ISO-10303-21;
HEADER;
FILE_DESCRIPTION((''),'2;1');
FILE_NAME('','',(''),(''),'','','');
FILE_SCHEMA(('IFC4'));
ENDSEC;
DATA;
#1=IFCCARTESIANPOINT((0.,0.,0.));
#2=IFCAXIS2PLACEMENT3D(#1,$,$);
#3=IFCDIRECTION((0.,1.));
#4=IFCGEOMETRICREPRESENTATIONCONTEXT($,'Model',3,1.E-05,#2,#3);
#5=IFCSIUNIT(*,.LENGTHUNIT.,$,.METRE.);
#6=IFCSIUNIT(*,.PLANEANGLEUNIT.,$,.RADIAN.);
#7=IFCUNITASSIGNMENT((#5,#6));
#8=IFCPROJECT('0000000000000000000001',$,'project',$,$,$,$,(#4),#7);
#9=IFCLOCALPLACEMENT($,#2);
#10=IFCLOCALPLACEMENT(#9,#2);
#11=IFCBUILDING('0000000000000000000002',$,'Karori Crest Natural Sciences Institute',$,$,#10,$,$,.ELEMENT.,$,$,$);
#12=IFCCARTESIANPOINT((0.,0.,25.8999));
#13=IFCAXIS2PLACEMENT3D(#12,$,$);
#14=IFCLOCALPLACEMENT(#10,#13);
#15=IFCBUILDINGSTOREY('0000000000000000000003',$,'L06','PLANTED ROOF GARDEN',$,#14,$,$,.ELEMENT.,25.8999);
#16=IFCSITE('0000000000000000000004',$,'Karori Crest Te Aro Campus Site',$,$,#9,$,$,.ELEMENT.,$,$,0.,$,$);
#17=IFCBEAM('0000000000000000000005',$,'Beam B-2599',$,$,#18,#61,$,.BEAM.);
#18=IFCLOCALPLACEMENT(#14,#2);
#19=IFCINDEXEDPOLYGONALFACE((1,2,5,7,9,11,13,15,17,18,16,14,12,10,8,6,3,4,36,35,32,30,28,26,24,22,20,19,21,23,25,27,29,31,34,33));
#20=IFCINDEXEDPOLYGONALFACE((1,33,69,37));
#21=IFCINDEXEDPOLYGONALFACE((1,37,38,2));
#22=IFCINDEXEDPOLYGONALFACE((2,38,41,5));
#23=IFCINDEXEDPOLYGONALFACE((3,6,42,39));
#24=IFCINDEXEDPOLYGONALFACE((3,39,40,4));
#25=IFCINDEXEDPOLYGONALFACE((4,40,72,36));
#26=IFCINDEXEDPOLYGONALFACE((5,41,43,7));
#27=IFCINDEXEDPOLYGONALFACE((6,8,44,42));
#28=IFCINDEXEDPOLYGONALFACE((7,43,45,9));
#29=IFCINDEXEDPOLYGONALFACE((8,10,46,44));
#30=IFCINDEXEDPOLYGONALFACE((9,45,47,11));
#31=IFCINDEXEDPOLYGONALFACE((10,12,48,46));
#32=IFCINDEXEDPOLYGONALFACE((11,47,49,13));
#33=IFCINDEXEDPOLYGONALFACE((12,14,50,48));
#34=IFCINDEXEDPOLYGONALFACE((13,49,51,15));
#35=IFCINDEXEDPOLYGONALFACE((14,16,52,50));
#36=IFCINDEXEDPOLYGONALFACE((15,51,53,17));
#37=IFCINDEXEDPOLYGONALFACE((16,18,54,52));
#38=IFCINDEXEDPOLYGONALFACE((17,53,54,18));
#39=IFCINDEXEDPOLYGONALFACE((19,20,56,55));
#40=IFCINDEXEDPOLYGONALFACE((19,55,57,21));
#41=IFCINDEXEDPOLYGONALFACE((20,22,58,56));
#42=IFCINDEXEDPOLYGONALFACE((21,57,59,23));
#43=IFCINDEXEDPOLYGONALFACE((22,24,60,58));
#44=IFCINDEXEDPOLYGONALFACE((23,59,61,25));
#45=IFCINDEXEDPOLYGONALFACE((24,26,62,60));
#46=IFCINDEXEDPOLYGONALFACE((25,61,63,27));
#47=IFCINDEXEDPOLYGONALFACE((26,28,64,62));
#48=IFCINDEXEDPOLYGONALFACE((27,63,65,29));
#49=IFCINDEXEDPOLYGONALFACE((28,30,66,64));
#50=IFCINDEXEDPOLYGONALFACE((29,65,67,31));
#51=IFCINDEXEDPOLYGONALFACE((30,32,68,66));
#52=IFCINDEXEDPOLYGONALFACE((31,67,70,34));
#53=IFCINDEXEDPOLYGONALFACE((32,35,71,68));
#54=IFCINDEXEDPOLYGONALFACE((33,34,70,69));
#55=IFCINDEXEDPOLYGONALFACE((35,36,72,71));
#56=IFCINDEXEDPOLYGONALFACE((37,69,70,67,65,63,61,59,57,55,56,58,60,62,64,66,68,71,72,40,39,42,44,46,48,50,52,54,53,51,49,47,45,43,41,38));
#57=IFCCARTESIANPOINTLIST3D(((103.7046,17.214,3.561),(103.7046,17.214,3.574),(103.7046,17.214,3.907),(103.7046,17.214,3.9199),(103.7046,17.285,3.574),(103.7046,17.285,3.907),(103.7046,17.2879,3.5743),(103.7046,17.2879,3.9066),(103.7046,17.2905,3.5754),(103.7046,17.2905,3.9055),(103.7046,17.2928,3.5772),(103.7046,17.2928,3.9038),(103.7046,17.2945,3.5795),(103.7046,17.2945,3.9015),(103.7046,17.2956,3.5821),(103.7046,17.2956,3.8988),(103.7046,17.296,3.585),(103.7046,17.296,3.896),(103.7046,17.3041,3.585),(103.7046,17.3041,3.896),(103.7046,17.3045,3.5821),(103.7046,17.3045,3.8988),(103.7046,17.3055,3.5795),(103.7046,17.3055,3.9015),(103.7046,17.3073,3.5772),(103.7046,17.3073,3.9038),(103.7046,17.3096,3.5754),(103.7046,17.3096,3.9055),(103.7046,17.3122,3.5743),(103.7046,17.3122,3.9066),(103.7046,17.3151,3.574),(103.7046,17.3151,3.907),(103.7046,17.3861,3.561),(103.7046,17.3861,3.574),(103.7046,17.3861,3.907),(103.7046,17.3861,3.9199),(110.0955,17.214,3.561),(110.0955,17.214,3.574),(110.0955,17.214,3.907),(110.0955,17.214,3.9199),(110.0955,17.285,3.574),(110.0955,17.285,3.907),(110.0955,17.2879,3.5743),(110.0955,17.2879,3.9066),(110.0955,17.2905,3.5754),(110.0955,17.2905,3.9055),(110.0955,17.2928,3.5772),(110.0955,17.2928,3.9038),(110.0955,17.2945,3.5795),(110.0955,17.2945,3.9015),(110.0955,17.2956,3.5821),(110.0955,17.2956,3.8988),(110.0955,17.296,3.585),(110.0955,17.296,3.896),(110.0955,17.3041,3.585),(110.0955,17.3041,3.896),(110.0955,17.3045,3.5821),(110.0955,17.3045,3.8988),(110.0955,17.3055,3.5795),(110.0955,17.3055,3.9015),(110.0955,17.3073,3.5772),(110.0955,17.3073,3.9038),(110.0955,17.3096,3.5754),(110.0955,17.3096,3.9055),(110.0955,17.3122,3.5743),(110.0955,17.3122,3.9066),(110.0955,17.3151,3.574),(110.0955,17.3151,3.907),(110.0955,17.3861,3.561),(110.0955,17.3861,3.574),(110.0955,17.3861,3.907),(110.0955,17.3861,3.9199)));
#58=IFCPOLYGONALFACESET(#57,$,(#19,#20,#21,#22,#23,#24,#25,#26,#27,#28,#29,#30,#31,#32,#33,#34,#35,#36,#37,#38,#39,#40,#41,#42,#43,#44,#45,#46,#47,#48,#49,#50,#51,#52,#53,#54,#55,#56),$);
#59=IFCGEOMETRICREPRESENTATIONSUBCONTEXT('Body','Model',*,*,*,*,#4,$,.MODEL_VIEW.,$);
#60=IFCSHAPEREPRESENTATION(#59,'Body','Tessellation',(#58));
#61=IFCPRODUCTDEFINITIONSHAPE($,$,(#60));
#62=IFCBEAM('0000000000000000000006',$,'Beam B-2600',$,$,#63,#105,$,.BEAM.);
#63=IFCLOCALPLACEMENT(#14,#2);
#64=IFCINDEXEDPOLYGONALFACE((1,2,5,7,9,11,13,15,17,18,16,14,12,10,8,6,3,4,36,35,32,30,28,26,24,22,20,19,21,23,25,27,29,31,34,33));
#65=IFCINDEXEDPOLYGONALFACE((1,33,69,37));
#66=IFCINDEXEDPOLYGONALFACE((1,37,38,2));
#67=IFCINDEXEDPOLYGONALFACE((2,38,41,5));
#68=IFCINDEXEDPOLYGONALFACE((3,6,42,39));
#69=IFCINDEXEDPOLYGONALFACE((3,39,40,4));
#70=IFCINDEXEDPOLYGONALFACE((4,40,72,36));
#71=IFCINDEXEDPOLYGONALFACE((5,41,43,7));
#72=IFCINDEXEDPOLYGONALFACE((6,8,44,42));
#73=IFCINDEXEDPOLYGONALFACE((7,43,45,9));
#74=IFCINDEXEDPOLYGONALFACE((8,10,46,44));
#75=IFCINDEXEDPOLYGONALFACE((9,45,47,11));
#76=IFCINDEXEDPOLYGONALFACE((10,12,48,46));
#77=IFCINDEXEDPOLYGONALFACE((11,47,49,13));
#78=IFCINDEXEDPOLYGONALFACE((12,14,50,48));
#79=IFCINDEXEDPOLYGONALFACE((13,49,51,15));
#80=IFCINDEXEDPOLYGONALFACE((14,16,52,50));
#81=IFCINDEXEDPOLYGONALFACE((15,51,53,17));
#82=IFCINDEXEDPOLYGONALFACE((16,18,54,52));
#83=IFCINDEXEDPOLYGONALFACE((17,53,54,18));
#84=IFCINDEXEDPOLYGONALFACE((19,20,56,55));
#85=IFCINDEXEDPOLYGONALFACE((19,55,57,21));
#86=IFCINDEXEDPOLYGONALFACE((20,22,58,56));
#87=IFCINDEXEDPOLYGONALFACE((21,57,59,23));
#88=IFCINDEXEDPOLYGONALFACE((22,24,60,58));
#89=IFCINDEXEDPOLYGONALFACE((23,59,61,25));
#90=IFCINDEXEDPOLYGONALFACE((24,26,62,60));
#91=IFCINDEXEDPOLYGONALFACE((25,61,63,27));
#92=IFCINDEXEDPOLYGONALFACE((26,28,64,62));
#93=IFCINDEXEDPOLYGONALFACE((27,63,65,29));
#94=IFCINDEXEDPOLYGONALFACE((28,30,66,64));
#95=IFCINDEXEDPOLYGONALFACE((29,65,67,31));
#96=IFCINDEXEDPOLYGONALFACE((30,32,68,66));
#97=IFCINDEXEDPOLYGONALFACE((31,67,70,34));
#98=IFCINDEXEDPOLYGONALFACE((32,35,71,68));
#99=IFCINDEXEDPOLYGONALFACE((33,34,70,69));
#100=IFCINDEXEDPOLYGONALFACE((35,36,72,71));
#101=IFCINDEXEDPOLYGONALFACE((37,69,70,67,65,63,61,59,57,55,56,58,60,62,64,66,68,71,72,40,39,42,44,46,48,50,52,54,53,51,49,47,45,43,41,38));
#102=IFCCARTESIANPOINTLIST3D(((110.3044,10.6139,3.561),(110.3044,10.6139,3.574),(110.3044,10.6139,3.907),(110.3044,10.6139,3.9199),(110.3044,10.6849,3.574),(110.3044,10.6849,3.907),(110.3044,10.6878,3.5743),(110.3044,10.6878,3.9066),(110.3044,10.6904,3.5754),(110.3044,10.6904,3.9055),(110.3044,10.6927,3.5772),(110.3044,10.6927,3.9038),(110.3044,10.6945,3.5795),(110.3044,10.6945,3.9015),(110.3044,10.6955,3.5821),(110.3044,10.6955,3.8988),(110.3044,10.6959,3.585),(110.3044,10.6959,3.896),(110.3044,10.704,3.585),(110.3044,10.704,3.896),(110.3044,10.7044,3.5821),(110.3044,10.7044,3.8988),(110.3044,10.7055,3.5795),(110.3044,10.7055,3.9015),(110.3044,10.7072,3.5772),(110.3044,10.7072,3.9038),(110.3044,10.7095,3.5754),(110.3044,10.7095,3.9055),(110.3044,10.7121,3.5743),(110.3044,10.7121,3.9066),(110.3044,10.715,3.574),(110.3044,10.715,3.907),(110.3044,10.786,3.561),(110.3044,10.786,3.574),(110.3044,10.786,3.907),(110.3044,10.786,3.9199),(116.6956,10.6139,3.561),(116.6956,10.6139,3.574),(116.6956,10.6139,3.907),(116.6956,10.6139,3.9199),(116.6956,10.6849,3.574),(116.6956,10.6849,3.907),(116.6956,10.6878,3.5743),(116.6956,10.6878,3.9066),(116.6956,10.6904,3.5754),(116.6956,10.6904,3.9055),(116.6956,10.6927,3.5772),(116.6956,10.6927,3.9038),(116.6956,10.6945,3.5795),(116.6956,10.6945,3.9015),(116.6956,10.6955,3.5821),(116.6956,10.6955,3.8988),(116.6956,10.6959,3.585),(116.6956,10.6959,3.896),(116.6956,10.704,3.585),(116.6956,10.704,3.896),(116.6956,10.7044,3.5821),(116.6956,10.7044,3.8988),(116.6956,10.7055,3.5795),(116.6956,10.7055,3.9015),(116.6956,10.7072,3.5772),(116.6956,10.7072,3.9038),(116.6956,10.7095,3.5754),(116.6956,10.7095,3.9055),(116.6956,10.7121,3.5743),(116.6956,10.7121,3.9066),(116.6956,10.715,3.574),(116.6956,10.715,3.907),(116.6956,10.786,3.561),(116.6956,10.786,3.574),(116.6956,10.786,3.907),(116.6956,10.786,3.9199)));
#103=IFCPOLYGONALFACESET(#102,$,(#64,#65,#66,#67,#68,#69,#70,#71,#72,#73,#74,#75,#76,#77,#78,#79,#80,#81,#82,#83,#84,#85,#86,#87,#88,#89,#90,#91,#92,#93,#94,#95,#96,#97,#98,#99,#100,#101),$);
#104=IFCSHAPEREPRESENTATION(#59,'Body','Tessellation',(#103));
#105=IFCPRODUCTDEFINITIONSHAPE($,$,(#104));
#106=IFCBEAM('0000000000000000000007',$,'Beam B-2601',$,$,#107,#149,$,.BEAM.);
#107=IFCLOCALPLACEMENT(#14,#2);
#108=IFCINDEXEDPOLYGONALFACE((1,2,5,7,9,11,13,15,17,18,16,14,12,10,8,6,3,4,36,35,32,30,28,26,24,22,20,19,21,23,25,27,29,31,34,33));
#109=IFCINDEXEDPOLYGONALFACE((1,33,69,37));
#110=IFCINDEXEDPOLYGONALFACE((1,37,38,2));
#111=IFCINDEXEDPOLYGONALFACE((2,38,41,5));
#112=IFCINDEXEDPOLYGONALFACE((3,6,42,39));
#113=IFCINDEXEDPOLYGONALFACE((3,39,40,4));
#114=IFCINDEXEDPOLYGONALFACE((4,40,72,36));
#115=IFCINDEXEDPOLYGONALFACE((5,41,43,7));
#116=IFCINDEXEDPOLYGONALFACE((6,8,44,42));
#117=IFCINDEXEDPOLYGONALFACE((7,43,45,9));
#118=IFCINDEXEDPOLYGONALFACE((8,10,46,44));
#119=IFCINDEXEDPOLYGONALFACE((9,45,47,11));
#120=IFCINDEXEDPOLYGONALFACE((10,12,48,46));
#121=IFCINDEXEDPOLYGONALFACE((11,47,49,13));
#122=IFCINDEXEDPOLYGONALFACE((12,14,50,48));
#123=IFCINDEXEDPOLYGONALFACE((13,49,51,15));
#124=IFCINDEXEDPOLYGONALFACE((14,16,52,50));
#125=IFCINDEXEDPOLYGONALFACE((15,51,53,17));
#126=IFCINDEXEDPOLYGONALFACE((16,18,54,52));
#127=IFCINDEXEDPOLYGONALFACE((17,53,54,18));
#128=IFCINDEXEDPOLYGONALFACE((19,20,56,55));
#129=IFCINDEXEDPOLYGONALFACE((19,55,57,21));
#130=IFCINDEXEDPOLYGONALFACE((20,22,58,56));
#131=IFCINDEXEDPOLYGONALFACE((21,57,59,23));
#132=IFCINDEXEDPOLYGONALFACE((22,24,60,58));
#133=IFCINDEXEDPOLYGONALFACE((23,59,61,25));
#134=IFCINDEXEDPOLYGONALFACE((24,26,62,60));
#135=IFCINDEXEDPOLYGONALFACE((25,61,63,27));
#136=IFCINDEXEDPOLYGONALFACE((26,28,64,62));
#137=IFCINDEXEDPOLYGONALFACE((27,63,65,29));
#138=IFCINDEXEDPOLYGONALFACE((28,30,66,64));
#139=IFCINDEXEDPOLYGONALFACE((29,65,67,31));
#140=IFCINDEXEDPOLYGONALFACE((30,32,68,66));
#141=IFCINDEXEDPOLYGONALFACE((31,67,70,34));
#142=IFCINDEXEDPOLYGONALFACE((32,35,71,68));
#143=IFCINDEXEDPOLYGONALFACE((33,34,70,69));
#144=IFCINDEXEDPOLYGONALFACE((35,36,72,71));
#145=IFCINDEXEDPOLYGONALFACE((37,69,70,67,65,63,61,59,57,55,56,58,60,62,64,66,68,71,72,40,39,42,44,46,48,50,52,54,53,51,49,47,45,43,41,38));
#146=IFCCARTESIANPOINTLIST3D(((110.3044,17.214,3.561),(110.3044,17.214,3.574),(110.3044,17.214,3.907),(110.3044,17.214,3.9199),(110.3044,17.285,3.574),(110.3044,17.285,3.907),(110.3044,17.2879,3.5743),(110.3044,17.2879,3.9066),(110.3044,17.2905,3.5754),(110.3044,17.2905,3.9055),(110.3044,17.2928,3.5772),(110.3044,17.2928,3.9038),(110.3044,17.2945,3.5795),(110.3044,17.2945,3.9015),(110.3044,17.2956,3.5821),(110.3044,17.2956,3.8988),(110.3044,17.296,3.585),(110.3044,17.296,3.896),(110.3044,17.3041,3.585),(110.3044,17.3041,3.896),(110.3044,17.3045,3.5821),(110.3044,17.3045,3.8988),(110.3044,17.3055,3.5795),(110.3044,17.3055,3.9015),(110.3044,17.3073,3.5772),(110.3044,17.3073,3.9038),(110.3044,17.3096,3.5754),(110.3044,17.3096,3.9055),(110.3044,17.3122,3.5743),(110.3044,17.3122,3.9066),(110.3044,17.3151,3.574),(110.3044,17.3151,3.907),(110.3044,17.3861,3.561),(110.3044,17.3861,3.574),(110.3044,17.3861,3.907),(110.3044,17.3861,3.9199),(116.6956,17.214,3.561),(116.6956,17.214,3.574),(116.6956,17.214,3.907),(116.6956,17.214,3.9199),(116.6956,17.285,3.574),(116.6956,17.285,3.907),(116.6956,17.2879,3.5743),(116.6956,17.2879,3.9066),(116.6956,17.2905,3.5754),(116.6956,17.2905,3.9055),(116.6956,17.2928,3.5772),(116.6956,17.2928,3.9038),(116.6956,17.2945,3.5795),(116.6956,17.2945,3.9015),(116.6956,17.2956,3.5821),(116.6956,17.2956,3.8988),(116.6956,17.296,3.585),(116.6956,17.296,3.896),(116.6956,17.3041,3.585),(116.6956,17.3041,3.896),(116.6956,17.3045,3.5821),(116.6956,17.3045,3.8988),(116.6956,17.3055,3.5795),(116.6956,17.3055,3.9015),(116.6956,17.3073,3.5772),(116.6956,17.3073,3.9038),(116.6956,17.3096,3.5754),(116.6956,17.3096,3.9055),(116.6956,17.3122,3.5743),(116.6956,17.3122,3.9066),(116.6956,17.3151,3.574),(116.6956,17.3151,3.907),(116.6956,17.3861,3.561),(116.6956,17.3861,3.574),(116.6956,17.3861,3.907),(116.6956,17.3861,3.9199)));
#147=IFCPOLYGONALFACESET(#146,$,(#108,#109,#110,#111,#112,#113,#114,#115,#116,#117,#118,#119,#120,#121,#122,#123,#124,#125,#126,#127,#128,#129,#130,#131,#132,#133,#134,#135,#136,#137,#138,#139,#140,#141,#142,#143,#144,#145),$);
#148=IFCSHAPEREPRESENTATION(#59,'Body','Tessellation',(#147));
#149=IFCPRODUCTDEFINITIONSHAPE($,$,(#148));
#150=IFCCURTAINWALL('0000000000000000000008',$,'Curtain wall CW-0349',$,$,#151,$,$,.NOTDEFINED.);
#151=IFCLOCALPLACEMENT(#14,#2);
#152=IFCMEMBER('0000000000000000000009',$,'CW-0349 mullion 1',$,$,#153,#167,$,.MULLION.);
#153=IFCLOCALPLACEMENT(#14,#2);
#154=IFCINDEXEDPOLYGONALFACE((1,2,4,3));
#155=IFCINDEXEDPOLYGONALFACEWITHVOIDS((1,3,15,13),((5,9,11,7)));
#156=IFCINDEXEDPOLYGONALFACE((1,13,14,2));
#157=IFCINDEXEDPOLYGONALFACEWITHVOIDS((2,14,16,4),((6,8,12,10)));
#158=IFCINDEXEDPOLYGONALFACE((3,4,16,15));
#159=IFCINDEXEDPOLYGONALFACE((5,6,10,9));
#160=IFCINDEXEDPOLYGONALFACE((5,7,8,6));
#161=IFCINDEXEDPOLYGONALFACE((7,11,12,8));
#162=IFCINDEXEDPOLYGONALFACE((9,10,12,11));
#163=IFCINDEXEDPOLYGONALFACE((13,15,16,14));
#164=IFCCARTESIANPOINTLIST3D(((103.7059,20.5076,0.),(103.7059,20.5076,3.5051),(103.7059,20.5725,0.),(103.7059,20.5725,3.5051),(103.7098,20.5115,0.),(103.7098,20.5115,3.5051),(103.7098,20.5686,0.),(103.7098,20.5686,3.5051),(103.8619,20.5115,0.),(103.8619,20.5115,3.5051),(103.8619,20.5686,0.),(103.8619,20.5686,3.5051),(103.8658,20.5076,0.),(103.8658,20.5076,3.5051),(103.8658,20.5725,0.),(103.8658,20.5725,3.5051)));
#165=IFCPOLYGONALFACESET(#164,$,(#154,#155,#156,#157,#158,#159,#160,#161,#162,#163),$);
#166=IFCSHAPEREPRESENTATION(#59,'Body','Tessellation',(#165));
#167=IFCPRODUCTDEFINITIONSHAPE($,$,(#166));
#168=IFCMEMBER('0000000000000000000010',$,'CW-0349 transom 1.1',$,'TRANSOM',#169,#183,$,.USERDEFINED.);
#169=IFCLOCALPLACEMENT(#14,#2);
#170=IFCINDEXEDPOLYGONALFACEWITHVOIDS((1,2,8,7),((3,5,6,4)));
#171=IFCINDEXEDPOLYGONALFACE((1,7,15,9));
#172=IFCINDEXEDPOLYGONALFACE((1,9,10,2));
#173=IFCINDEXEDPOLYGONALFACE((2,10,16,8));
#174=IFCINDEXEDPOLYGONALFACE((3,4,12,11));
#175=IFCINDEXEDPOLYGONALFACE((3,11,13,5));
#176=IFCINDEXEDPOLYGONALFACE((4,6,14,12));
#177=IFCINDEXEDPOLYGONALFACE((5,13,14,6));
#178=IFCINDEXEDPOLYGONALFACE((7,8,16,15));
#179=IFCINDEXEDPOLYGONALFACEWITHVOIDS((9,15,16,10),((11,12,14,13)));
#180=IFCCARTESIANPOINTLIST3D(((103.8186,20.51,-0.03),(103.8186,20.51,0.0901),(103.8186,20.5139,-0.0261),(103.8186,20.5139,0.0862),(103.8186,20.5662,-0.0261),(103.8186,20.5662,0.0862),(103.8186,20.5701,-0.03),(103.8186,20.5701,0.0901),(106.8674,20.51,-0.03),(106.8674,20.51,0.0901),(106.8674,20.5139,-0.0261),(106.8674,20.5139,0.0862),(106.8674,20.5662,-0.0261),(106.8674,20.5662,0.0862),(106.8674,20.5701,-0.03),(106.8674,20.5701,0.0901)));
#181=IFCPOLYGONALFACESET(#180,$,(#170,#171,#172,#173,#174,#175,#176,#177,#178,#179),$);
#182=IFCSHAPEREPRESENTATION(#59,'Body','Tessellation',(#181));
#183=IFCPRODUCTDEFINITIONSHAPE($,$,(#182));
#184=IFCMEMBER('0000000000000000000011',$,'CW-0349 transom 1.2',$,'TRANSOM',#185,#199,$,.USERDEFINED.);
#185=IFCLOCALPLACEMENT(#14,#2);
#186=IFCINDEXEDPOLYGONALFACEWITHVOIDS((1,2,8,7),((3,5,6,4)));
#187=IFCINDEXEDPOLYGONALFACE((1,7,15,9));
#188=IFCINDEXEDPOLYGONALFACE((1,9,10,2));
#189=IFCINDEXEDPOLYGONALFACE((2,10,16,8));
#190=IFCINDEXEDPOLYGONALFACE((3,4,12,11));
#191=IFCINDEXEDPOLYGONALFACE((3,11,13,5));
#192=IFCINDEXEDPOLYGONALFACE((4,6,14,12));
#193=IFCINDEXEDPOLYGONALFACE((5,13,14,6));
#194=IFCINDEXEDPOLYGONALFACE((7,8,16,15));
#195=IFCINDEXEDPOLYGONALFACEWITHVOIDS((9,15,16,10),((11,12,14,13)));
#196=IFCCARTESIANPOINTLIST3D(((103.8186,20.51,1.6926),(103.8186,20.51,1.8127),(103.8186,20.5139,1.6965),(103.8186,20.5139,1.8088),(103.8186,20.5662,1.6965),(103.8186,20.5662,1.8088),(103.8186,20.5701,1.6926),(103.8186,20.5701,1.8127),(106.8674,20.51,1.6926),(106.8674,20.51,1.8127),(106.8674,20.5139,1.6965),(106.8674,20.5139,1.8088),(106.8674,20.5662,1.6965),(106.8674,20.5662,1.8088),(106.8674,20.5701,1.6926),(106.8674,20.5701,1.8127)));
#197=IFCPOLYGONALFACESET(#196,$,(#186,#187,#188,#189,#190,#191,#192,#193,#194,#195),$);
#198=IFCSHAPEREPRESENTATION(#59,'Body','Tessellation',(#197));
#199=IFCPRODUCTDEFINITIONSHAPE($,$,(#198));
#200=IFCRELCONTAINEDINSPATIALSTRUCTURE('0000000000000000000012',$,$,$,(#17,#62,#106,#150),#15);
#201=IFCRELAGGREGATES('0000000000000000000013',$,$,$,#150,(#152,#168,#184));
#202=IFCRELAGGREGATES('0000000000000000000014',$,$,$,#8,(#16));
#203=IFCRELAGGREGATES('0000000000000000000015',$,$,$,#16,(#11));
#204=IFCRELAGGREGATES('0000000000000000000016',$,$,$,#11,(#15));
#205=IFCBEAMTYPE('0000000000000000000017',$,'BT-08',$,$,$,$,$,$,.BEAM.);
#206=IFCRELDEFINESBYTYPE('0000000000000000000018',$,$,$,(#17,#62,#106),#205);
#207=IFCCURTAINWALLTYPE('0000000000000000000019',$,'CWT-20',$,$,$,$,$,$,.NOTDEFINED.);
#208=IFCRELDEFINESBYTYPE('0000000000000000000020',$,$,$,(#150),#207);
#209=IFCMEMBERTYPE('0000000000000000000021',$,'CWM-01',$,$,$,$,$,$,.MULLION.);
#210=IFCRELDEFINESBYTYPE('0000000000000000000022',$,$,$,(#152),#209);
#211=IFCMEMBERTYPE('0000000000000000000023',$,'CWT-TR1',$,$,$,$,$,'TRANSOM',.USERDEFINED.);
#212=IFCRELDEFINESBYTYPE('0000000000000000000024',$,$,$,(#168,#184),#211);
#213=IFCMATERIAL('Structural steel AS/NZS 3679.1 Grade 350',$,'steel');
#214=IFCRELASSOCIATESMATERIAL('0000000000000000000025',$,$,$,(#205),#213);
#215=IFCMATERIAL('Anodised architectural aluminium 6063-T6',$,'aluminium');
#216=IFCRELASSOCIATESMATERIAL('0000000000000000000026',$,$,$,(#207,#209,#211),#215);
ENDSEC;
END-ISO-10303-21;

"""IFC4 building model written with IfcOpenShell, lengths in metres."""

from ifc_helpers import new_model, si_unit, direction, frame, origin, origin_2d, place, context, subcontext, project, spatial, hollow_rectangle, i_section, extrude, material, material_profile, profile_set, type_object, element, aggregate, save


model = new_model("IFC4")

# Units and contexts
model_context = context("Model", 3, precision=1e-05, world=origin(), true_north=direction((0.0, 1.0)))
body_context = subcontext(model_context, "Body", "Model", "MODEL_VIEW")
ifc_project = project(units=[si_unit("LENGTHUNIT", "METRE"), si_unit("PLANEANGLEUNIT", "RADIAN")], contexts=[model_context])

# Site, building, storey
site_placement = place(None, origin())
site = spatial("IfcSite", under=ifc_project, at=site_placement, Name="Karori Crest Te Aro Campus Site", CompositionType="ELEMENT", RefElevation=0.0)
building_placement = place(site_placement, origin())
building = spatial("IfcBuilding", under=site, at=building_placement, Name="Karori Crest Natural Sciences Institute", CompositionType="ELEMENT")
storey_placement = place(building_placement, frame((0.0, 0.0, 25.8999)))
storey = spatial("IfcBuildingStorey", under=building, at=storey_placement, Name="L06", Description="PLANTED ROOF GARDEN", CompositionType="ELEMENT", Elevation=25.8999)

# Shared definitions
ifc_material_1 = material(Name="Structural steel AS/NZS 3679.1 Grade 350", Category="steel")

# Beams
ifc_material_profile_1 = material_profile(ifc_material_1, i_section(OverallWidth=0.1721, OverallDepth=0.3589, WebThickness=0.0081, FlangeThickness=0.0129, FilletRadius=0.011, at=origin_2d()), Name="360UB56.7")
ifc_profile_set_1 = profile_set([ifc_material_profile_1], Name="Structural steel AS/NZS 3679.1 Grade 350")
beam_type_1 = type_object("IfcBeamType", Name="BT-08", PredefinedType="BEAM", material=ifc_profile_set_1)
for number, where, z_axis, x_axis, name in (
    (1, (103.7046, 17.3, 3.7405), (1.0, 0.0, 0.0), (0.0, 1.0, 0.0), "Beam B-2599"),
):
    element("IfcBeam", number, at=place(storey_placement, frame(where, z_axis=z_axis, x_axis=x_axis)), inside=storey, type_object=beam_type_1, Name=name, PredefinedType="BEAM", context=body_context, shape_type="SweptSolid", body=[
        extrude(i_section(OverallWidth=0.1721, OverallDepth=0.3589, WebThickness=0.0081, FlangeThickness=0.0129, FilletRadius=0.011, at=origin_2d()), origin(), (0.0, 0.0, 1.0), 6.3909),
    ])
for number, where, z_axis, x_axis, name in (
    (2, (110.3044, 10.7, 3.7405), (1.0, 0.0, 0.0), (0.0, 1.0, 0.0), "Beam B-2600"),
    (3, (110.3044, 17.3, 3.7405), (1.0, 0.0, 0.0), (0.0, 1.0, 0.0), "Beam B-2601"),
):
    element("IfcBeam", number, at=place(storey_placement, frame(where, z_axis=z_axis, x_axis=x_axis)), inside=storey, type_object=beam_type_1, Name=name, PredefinedType="BEAM", context=body_context, shape_type="SweptSolid", body=[
        extrude(i_section(OverallWidth=0.1721, OverallDepth=0.3589, WebThickness=0.0081, FlangeThickness=0.0129, FilletRadius=0.011, at=origin_2d()), origin(), (0.0, 0.0, 1.0), 6.3911),
    ])

# Curtain wall, members
ifc_material_2 = material(Name="Anodised architectural aluminium 6063-T6", Category="aluminium")
curtain_wall_type = type_object("IfcCurtainWallType", Name="CWT-20", PredefinedType="NOTDEFINED", material=ifc_material_2)
curtain_wall_placement = place(storey_placement, origin())
curtain_wall = element("IfcCurtainWall", 4, at=curtain_wall_placement, inside=storey, type_object=curtain_wall_type, Name="Curtain wall CW-0349", PredefinedType="NOTDEFINED")
ifc_material_profile_2 = material_profile(ifc_material_2, hollow_rectangle(XDim=0.0649, YDim=0.1599, WallThickness=0.0039, at=origin_2d()), Name="CWM160x65x4")
ifc_profile_set_2 = profile_set([ifc_material_profile_2], Name="Anodised architectural aluminium 6063-T6")
member_type_1 = type_object("IfcMemberType", Name="CWM-01", PredefinedType="MULLION", material=ifc_profile_set_2)
member_1_placement = place(storey_placement, frame((103.7859, 20.54, 0.0), z_axis=(0.0, 0.0, 1.0), x_axis=(0.0, 1.0, 0.0)))
member_1 = element("IfcMember", 5, at=member_1_placement, type_object=member_type_1, Name="CW-0349 mullion 1", PredefinedType="MULLION", context=body_context, shape_type="SweptSolid", body=[
    extrude(hollow_rectangle(XDim=0.0649, YDim=0.1599, WallThickness=0.0039, at=origin_2d()), origin(), (0.0, 0.0, 1.0), 3.5051),
])
ifc_material_profile_3 = material_profile(ifc_material_2, hollow_rectangle(XDim=0.0601, YDim=0.1201, WallThickness=0.0039, at=origin_2d()), Name="CWT120x60x4")
ifc_profile_set_3 = profile_set([ifc_material_profile_3], Name="Anodised architectural aluminium 6063-T6")
member_type_2 = type_object("IfcMemberType", Name="CWT-TR1", ElementType="TRANSOM", PredefinedType="USERDEFINED", material=ifc_profile_set_3)
member_2_placement = place(storey_placement, frame((103.8186, 20.54, 0.03), z_axis=(1.0, 0.0, 0.0), x_axis=(0.0, 1.0, 0.0)))
member_2 = element("IfcMember", 6, at=member_2_placement, type_object=member_type_2, Name="CW-0349 transom 1.1", ObjectType="TRANSOM", PredefinedType="USERDEFINED", context=body_context, shape_type="SweptSolid", body=[
    extrude(hollow_rectangle(XDim=0.0601, YDim=0.1201, WallThickness=0.0039, at=origin_2d()), origin(), (0.0, 0.0, 1.0), 3.0488),
])
member_3_placement = place(storey_placement, frame((103.8186, 20.54, 1.7527), z_axis=(1.0, 0.0, 0.0), x_axis=(0.0, 1.0, 0.0)))
member_3 = element("IfcMember", 7, at=member_3_placement, type_object=member_type_2, Name="CW-0349 transom 1.2", ObjectType="TRANSOM", PredefinedType="USERDEFINED", context=body_context, shape_type="SweptSolid", body=[
    extrude(hollow_rectangle(XDim=0.0601, YDim=0.1201, WallThickness=0.0039, at=origin_2d()), origin(), (0.0, 0.0, 1.0), 3.0488),
])
aggregate(curtain_wall, [member_1, member_2, member_3])

save(model, "model.ifc")
